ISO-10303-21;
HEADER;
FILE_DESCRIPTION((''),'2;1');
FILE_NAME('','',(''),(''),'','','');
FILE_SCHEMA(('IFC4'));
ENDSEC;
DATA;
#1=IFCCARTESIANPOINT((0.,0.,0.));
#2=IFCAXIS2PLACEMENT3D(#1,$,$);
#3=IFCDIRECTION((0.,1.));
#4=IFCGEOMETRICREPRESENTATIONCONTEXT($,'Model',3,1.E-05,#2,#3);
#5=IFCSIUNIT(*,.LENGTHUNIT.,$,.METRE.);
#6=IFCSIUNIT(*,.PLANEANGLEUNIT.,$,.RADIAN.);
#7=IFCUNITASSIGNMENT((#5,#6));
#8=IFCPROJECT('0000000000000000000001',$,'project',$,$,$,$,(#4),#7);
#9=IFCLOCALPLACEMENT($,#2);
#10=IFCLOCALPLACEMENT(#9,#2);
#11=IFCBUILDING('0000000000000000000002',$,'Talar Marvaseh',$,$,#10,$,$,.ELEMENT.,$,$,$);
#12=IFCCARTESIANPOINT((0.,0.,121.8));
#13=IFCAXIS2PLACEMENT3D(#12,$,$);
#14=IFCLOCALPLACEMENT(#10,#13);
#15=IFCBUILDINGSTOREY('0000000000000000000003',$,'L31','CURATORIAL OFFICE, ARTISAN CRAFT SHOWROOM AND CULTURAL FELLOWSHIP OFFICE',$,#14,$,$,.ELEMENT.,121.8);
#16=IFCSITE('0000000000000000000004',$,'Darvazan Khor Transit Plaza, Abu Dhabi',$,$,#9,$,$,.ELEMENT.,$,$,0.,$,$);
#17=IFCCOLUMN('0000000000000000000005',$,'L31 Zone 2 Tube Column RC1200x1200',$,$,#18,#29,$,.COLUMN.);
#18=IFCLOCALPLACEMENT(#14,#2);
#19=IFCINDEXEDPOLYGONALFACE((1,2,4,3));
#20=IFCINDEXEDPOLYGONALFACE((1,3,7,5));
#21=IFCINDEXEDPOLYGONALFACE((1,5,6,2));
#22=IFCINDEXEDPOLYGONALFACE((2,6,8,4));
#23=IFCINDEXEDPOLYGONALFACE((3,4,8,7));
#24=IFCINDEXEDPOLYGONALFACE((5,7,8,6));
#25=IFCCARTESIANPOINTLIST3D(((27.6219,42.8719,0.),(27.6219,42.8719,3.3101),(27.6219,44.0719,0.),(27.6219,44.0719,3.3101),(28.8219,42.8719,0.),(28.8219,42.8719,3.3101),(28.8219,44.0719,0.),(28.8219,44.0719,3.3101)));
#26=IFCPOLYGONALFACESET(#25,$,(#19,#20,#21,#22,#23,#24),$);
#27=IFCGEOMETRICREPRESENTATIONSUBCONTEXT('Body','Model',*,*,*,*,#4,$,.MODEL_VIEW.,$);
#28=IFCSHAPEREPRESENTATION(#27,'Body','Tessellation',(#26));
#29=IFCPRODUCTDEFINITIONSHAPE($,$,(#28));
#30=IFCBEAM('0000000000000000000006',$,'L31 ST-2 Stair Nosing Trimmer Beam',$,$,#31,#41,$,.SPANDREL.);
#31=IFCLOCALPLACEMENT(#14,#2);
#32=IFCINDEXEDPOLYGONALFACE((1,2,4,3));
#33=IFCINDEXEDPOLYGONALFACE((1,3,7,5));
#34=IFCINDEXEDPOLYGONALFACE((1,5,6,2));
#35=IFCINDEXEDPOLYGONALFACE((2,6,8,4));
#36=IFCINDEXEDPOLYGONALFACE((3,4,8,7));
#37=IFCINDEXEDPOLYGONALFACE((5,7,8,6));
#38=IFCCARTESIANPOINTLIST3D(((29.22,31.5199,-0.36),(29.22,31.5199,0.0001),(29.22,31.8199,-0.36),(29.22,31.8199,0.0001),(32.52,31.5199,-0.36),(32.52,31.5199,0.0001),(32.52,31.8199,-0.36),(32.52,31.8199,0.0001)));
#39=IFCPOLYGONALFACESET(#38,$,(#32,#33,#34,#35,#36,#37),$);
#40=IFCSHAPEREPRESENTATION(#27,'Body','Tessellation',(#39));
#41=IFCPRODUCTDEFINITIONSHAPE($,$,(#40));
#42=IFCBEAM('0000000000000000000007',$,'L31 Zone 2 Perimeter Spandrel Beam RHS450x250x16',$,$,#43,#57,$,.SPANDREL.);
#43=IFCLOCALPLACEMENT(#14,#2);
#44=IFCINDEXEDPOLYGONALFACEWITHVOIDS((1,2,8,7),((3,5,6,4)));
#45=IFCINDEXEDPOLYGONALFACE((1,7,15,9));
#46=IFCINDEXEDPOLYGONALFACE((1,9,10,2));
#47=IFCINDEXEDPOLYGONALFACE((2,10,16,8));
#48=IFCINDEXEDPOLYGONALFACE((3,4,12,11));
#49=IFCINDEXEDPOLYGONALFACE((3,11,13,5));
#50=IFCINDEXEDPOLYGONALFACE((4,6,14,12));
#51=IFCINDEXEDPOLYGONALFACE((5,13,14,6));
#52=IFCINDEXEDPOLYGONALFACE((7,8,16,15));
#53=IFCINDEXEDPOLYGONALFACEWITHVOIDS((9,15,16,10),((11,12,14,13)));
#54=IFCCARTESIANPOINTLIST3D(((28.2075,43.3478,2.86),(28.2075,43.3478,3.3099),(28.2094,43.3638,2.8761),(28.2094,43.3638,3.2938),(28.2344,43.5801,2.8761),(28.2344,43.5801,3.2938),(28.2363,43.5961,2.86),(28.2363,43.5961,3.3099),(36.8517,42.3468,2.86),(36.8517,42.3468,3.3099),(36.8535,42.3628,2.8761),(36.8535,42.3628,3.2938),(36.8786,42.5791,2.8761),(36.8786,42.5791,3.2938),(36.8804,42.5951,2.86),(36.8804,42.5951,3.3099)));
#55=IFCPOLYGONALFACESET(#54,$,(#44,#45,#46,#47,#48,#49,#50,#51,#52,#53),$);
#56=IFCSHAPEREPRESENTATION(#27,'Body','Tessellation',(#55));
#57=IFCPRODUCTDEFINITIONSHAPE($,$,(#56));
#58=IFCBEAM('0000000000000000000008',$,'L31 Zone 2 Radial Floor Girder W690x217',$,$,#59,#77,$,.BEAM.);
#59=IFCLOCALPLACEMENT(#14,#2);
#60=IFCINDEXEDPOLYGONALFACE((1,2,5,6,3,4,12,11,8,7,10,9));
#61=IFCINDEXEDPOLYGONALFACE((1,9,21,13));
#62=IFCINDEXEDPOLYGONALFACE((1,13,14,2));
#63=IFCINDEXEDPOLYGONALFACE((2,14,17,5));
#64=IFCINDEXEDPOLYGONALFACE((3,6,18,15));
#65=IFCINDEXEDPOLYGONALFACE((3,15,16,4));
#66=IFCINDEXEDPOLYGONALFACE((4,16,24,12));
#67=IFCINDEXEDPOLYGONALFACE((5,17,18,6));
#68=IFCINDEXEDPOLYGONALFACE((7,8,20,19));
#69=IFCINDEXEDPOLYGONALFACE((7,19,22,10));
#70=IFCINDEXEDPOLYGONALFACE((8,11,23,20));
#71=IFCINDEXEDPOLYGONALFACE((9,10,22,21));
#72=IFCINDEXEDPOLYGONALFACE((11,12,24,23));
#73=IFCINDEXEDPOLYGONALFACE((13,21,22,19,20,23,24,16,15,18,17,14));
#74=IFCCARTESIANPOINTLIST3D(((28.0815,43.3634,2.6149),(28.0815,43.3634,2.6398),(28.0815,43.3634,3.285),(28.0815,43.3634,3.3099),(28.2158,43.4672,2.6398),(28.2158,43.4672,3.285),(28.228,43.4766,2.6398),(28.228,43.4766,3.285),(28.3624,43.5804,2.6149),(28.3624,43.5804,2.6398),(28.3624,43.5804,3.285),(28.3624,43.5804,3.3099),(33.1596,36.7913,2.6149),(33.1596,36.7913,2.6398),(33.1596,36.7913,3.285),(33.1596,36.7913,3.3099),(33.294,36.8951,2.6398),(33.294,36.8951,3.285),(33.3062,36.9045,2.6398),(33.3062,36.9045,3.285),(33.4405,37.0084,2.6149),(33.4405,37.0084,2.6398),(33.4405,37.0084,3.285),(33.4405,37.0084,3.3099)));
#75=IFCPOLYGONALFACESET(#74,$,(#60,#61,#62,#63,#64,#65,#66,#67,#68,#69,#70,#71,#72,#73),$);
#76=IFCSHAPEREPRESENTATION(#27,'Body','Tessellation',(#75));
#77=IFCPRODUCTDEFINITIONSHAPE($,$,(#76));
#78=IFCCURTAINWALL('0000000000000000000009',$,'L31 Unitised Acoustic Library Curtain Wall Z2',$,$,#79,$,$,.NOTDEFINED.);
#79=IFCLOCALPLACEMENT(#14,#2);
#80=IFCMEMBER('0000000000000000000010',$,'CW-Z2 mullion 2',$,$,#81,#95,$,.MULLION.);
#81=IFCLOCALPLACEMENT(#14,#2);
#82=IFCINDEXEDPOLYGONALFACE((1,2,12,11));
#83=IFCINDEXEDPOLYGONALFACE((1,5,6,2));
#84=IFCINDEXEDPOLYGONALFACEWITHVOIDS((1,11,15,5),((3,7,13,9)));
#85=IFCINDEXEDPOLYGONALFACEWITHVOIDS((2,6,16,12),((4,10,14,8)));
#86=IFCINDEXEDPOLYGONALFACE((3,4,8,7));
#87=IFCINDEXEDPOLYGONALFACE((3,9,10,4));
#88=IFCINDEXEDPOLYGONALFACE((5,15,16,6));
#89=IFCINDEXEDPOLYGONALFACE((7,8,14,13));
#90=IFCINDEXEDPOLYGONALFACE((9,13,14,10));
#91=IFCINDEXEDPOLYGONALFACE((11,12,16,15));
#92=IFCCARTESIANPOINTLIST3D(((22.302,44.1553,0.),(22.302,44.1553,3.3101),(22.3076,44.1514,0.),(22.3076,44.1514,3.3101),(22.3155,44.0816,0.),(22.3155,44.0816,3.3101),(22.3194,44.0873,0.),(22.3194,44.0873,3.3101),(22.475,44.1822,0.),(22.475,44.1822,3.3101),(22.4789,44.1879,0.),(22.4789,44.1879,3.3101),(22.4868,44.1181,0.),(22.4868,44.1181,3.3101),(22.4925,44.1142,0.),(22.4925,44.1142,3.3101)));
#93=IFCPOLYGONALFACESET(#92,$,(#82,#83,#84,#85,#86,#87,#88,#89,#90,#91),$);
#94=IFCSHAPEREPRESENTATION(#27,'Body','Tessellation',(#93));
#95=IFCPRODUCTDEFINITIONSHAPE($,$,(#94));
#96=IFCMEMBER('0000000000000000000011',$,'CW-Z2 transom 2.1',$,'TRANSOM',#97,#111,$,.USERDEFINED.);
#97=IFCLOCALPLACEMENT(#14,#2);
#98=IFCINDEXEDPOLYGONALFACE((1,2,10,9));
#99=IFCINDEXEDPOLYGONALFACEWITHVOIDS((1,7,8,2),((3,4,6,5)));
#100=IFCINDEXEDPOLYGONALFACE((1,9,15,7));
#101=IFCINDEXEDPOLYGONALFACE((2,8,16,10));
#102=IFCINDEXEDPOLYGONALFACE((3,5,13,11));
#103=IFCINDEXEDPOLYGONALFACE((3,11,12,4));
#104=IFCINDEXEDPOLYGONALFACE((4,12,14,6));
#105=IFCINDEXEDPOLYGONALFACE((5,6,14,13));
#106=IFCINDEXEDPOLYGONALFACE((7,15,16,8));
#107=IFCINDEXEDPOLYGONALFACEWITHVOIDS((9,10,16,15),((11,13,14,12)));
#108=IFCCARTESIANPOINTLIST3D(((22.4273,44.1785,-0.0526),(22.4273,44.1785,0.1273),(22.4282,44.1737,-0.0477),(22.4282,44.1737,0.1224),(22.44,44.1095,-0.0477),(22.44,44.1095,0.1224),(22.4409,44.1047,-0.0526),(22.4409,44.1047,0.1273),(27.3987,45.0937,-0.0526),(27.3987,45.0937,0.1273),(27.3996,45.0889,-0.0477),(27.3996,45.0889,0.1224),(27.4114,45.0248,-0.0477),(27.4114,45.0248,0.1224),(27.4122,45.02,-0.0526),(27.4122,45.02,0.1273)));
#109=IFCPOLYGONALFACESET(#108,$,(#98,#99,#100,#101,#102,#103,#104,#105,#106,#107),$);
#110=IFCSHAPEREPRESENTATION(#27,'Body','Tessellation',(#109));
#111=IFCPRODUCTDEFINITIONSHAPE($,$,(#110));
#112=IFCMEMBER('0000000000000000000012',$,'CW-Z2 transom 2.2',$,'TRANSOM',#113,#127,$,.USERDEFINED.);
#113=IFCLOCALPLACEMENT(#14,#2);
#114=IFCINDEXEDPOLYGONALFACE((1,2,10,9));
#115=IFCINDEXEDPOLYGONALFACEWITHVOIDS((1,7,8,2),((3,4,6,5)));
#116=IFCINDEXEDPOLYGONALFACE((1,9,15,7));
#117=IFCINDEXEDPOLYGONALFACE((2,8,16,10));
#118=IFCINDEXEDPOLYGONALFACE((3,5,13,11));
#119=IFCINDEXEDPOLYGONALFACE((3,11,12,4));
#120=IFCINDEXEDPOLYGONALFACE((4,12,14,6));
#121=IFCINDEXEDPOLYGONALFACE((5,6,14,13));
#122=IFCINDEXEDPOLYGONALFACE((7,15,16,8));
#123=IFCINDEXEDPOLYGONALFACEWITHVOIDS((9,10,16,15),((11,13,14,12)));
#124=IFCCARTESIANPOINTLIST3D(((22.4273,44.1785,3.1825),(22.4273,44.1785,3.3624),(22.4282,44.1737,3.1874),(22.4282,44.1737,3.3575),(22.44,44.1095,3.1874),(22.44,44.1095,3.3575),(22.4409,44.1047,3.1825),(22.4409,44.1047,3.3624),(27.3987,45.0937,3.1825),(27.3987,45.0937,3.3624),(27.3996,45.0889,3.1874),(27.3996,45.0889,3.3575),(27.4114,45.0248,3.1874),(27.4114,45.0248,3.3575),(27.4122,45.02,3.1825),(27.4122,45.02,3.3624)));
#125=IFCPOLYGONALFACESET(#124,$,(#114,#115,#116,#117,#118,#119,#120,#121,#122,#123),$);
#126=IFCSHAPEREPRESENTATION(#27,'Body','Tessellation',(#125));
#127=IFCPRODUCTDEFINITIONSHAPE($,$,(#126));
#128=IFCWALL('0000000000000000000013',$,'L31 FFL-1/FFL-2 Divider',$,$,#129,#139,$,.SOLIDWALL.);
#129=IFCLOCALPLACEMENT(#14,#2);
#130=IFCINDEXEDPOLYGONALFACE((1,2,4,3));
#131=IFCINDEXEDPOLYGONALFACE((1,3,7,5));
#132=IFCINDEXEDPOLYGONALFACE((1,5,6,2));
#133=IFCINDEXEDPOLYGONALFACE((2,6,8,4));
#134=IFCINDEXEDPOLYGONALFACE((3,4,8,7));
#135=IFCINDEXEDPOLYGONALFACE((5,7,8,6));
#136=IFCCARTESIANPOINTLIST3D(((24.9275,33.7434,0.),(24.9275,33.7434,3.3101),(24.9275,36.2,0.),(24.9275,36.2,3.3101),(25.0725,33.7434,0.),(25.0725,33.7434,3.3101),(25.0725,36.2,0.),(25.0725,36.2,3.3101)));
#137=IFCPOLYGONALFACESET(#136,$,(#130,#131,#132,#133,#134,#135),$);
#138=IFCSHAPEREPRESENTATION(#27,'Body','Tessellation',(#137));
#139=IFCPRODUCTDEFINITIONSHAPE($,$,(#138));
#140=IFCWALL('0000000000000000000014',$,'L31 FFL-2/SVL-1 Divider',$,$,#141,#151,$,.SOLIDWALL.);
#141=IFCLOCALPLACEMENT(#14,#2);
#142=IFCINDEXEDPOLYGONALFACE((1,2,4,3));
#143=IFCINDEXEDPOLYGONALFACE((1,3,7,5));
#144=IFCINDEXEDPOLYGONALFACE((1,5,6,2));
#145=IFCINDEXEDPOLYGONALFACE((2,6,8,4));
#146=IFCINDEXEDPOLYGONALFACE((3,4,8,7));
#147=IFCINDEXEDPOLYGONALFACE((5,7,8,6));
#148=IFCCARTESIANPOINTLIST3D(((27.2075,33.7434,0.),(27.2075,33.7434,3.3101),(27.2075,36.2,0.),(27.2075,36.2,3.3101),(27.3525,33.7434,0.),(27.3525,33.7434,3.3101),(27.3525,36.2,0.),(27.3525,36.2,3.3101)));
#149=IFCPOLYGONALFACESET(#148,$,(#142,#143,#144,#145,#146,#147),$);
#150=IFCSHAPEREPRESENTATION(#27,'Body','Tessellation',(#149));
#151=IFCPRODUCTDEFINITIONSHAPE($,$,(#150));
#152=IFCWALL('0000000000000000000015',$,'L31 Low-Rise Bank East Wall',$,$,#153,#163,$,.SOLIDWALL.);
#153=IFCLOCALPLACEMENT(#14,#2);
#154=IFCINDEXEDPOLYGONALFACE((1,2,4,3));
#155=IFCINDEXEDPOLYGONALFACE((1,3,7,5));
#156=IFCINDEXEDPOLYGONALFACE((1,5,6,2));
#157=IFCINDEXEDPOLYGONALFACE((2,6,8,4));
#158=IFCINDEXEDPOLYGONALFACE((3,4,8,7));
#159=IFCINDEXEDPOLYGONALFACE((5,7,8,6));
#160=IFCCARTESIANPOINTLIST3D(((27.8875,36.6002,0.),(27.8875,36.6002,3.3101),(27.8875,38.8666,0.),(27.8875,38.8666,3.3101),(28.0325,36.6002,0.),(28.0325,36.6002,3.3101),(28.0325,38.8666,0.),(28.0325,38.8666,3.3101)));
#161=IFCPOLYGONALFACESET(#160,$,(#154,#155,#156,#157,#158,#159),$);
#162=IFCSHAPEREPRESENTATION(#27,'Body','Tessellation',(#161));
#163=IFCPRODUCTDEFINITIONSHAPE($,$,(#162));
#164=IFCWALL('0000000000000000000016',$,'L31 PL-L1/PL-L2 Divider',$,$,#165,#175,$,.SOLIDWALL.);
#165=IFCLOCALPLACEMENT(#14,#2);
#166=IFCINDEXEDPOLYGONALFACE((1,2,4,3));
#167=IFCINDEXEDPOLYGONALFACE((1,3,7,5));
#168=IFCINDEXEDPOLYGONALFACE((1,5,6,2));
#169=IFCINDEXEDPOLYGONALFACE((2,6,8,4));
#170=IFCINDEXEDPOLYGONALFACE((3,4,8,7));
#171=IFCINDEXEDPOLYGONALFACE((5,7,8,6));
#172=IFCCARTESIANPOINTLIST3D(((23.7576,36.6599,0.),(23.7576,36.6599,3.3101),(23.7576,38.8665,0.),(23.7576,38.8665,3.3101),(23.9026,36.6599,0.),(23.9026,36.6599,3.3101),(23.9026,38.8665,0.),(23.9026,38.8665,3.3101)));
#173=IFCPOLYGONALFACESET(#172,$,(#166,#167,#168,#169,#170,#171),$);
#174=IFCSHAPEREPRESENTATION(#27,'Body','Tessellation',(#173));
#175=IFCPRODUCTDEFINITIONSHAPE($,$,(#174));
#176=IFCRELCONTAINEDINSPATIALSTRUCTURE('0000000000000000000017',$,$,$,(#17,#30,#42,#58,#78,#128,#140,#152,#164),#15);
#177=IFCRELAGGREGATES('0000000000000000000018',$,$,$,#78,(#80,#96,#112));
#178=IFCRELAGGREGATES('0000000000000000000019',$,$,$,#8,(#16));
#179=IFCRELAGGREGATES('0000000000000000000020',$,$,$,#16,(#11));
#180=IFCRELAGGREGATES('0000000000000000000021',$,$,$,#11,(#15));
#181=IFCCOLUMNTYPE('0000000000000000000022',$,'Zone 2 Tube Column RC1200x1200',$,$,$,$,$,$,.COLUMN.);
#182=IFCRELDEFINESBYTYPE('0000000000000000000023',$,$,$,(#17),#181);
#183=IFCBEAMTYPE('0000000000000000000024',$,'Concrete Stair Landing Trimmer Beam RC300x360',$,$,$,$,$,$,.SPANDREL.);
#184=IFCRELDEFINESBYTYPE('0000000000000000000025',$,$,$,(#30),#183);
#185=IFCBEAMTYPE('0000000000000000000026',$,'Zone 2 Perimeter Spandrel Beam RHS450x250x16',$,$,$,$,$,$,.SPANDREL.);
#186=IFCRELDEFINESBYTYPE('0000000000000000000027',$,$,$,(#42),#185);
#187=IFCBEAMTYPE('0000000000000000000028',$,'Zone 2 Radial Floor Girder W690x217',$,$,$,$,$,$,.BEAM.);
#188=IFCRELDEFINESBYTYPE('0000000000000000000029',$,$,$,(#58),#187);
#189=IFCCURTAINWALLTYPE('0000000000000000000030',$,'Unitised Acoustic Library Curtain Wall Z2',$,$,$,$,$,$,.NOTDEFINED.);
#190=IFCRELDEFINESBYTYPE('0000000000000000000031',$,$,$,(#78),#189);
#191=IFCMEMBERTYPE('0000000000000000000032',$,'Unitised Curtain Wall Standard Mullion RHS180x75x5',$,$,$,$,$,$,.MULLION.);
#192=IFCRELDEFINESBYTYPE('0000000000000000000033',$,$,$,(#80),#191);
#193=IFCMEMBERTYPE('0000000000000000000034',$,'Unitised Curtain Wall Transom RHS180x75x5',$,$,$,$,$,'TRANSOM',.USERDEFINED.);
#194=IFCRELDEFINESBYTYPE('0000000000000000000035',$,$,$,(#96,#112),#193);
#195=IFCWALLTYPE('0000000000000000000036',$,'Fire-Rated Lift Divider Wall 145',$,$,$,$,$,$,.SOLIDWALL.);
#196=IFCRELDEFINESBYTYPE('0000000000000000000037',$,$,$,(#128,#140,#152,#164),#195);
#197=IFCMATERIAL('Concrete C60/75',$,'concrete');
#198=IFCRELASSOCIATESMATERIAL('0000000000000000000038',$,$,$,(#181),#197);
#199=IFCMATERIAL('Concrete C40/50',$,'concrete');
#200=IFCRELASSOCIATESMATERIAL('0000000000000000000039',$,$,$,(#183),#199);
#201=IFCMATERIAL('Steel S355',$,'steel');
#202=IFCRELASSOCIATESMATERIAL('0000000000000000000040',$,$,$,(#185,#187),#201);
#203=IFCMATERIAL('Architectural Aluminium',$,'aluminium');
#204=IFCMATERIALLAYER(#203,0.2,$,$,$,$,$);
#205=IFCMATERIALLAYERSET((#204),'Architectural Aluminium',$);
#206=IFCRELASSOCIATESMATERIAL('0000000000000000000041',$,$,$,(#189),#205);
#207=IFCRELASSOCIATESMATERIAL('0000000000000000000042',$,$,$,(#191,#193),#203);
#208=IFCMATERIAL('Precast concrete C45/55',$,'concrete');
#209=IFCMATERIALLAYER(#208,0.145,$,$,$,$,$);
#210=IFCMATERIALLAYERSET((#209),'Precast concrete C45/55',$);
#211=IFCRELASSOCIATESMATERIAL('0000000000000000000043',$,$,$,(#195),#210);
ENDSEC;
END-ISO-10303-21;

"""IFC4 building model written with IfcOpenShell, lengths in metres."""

from ifc_helpers import new_model, si_unit, direction, frame, frame_2d, origin, origin_2d, place, context, subcontext, project, spatial, rectangle, hollow_rectangle, i_section, extrude, source, transform, mapped, material, layer, layer_set, material_profile, profile_set, type_object, type_shapes, element, aggregate, save


model = new_model("IFC4")

# Units and contexts
model_context = context("Model", 3, precision=1e-05, world=origin(), true_north=direction((0.0, 1.0)))
body_context = subcontext(model_context, "Body", "Model", "MODEL_VIEW")
ifc_project = project(units=[si_unit("LENGTHUNIT", "METRE"), si_unit("PLANEANGLEUNIT", "RADIAN")], contexts=[model_context])

# Site, building, storey
site_placement = place(None, origin())
site = spatial("IfcSite", under=ifc_project, at=site_placement, Name="Darvazan Khor Transit Plaza, Abu Dhabi", CompositionType="ELEMENT", RefElevation=0.0)
building_placement = place(site_placement, origin())
building = spatial("IfcBuilding", under=site, at=building_placement, Name="Talar Marvaseh", CompositionType="ELEMENT")
storey_placement = place(building_placement, frame((0.0, 0.0, 121.8)))
storey = spatial("IfcBuildingStorey", under=building, at=storey_placement, Name="L31", Description="CURATORIAL OFFICE, ARTISAN CRAFT SHOWROOM AND CULTURAL FELLOWSHIP OFFICE", CompositionType="ELEMENT", Elevation=121.8)

# Column
ifc_material_1 = material(Name="Concrete C60/75", Category="concrete")
ifc_material_profile_1 = material_profile(ifc_material_1, rectangle(XDim=1.2, YDim=1.2, at=origin_2d()), Name="RC1200x1200")
ifc_profile_set_1 = profile_set([ifc_material_profile_1], Name="Concrete C60/75")
column_type = type_object("IfcColumnType", Name="Zone 2 Tube Column RC1200x1200", PredefinedType="COLUMN", material=ifc_profile_set_1)
column_placement = place(storey_placement, frame((28.2219, 43.4719, 0.0), z_axis=(0.0, 0.0, 1.0), x_axis=(1.0, 0.0, 0.0)))
element("IfcColumn", 1, at=column_placement, inside=storey, type_object=column_type, Name="L31 Zone 2 Tube Column RC1200x1200", PredefinedType="COLUMN", context=body_context, shape_type="SweptSolid", body=[
    extrude(rectangle(XDim=1.2, YDim=1.2, at=origin_2d()), origin(), (0.0, 0.0, 1.0), 3.3101),
])

# Beams
ifc_material_2 = material(Name="Concrete C40/50", Category="concrete")
ifc_material_profile_2 = material_profile(ifc_material_2, rectangle(XDim=0.3, YDim=0.3601, at=origin_2d()), Name="RC300x360")
ifc_profile_set_2 = profile_set([ifc_material_profile_2], Name="Concrete C40/50")
beam_type_1 = type_object("IfcBeamType", Name="Concrete Stair Landing Trimmer Beam RC300x360", PredefinedType="SPANDREL", material=ifc_profile_set_2)
beam_1_placement = place(storey_placement, frame((29.22, 31.6699, -0.1799), z_axis=(1.0, 0.0, 0.0), x_axis=(0.0, 1.0, 0.0)))
element("IfcBeam", 2, at=beam_1_placement, inside=storey, type_object=beam_type_1, Name="L31 ST-2 Stair Nosing Trimmer Beam", PredefinedType="SPANDREL", context=body_context, shape_type="SweptSolid", body=[
    extrude(rectangle(XDim=0.3, YDim=0.3601, at=origin_2d()), origin(), (0.0, 0.0, 1.0), 3.3),
])
ifc_material_3 = material(Name="Steel S355", Category="steel")
ifc_material_profile_3 = material_profile(ifc_material_3, hollow_rectangle(XDim=0.25, YDim=0.45, WallThickness=0.0161, at=origin_2d()), Name="RHS450x250x16")
ifc_profile_set_3 = profile_set([ifc_material_profile_3], Name="Steel S355")
beam_type_2 = type_object("IfcBeamType", Name="Zone 2 Perimeter Spandrel Beam RHS450x250x16", PredefinedType="SPANDREL", material=ifc_profile_set_3)
beam_2_placement = place(storey_placement, frame((28.2219, 43.4719, 3.085), z_axis=(0.993362, -0.115031, 0.0), x_axis=(0.115031, 0.993362, 0.0)))
element("IfcBeam", 3, at=beam_2_placement, inside=storey, type_object=beam_type_2, Name="L31 Zone 2 Perimeter Spandrel Beam RHS450x250x16", PredefinedType="SPANDREL", context=body_context, shape_type="SweptSolid", body=[
    extrude(hollow_rectangle(XDim=0.25, YDim=0.45, WallThickness=0.0161, at=origin_2d()), origin(), (0.0, 0.0, 1.0), 8.7019),
])
ifc_material_profile_4 = material_profile(ifc_material_3, i_section(OverallWidth=0.355, OverallDepth=0.6951, WebThickness=0.0154, FlangeThickness=0.0249, at=origin_2d()), Name="W690x217")
ifc_profile_set_4 = profile_set([ifc_material_profile_4], Name="Steel S355")
beam_type_3 = type_object("IfcBeamType", Name="Zone 2 Radial Floor Girder W690x217", PredefinedType="BEAM", material=ifc_profile_set_4)
beam_3_placement = place(storey_placement, frame((28.2219, 43.4719, 2.9624), z_axis=(0.611428, -0.7913, 0.0), x_axis=(0.7913, 0.611428, 0.0)))
element("IfcBeam", 4, at=beam_3_placement, inside=storey, type_object=beam_type_3, Name="L31 Zone 2 Radial Floor Girder W690x217", PredefinedType="BEAM", context=body_context, shape_type="SweptSolid", body=[
    extrude(i_section(OverallWidth=0.355, OverallDepth=0.6951, WebThickness=0.0154, FlangeThickness=0.0249, at=origin_2d()), origin(), (0.0, 0.0, 1.0), 8.3054),
])

# Curtain wall, members
ifc_material_4 = material(Name="Architectural Aluminium", Category="aluminium")
ifc_layer_1 = layer(ifc_material_4, 0.2)
ifc_layer_set_1 = layer_set([ifc_layer_1], Name="Architectural Aluminium")
curtain_wall_type = type_object("IfcCurtainWallType", Name="Unitised Acoustic Library Curtain Wall Z2", PredefinedType="NOTDEFINED", material=ifc_layer_set_1)
curtain_wall_placement = place(storey_placement, origin())
curtain_wall = element("IfcCurtainWall", 5, at=curtain_wall_placement, inside=storey, type_object=curtain_wall_type, Name="L31 Unitised Acoustic Library Curtain Wall Z2", PredefinedType="NOTDEFINED")
ifc_material_profile_5 = material_profile(ifc_material_4, hollow_rectangle(XDim=0.075, YDim=0.1799, WallThickness=0.0049, at=origin_2d()), Name="RHS180x75x5")
ifc_profile_set_5 = profile_set([ifc_material_profile_5], Name="Architectural Aluminium")
member_type_1 = type_object("IfcMemberType", Name="Unitised Curtain Wall Standard Mullion RHS180x75x5", PredefinedType="MULLION", material=ifc_profile_set_5)
shared_shape_1 = source(origin(), body_context, "Body", "SweptSolid", [
    extrude(hollow_rectangle(XDim=0.075, YDim=0.1799, WallThickness=0.0049, at=origin_2d()), origin(), (0.0, 0.0, 1.0), 3.3101),
])
type_shapes(member_type_1, [shared_shape_1])
member_1_placement = place(storey_placement, frame((22.3972, 44.1348, 0.0), z_axis=(0.0, 0.0, 1.0), x_axis=(-0.181071, 0.98347, 0.0)))
member_1 = element("IfcMember", 6, at=member_1_placement, type_object=member_type_1, Name="CW-Z2 mullion 2", PredefinedType="MULLION", context=body_context, shape_type="MappedRepresentation", body=[
    mapped(shared_shape_1, transform((0.0, 0.0, 0.0), x_axis=(1.0, 0.0, 0.0), y_axis=(0.0, 1.0, 0.0), z_axis=(0.0, 0.0, 1.0), scale=1.0)),
])
ifc_material_profile_6 = material_profile(ifc_material_4, hollow_rectangle(XDim=0.075, YDim=0.1799, WallThickness=0.0049, at=origin_2d()), Name="RHS180x75x5")
ifc_profile_set_6 = profile_set([ifc_material_profile_6], Name="Architectural Aluminium")
member_type_2 = type_object("IfcMemberType", Name="Unitised Curtain Wall Transom RHS180x75x5", ElementType="TRANSOM", PredefinedType="USERDEFINED", material=ifc_profile_set_6)
shared_shape_2 = source(origin(), body_context, "Body", "SweptSolid", [
    extrude(hollow_rectangle(XDim=0.075, YDim=0.1799, WallThickness=0.0049, at=origin_2d()), origin(), (0.0, 0.0, 1.0), 5.0549),
])
type_shapes(member_type_2, [shared_shape_2])
member_2_placement = place(storey_placement, frame((22.4341, 44.1416, 0.0374), z_axis=(0.983471, 0.181065, 0.0), x_axis=(-0.181065, 0.983471, 0.0)))
member_2 = element("IfcMember", 7, at=member_2_placement, type_object=member_type_2, Name="CW-Z2 transom 2.1", ObjectType="TRANSOM", PredefinedType="USERDEFINED", context=body_context, shape_type="MappedRepresentation", body=[
    mapped(shared_shape_2, transform((0.0, 0.0, 0.0), x_axis=(1.0, 0.0, 0.0), y_axis=(0.0, 1.0, 0.0), z_axis=(0.0, 0.0, 1.0), scale=1.0)),
])
member_3_placement = place(storey_placement, frame((22.4341, 44.1416, 3.2725), z_axis=(0.983471, 0.181065, 0.0), x_axis=(-0.181065, 0.983471, 0.0)))
member_3 = element("IfcMember", 8, at=member_3_placement, type_object=member_type_2, Name="CW-Z2 transom 2.2", ObjectType="TRANSOM", PredefinedType="USERDEFINED", context=body_context, shape_type="MappedRepresentation", body=[
    mapped(shared_shape_2, transform((0.0, 0.0, 0.0), x_axis=(1.0, 0.0, 0.0), y_axis=(0.0, 1.0, 0.0), z_axis=(0.0, 0.0, 1.0), scale=1.0)),
])
aggregate(curtain_wall, [member_1, member_2, member_3])

# Walls
ifc_material_5 = material(Name="Precast concrete C45/55", Category="concrete")
ifc_layer_2 = layer(ifc_material_5, 0.145)
ifc_layer_set_2 = layer_set([ifc_layer_2], Name="Precast concrete C45/55")
wall_type_1 = type_object("IfcWallType", Name="Fire-Rated Lift Divider Wall 145", PredefinedType="SOLIDWALL", material=ifc_layer_set_2)
for number, where, z_axis, x_axis, name in (
    (9, (25.0, 33.7434, 0.0), (0.0, 0.0, 1.0), (0.0, 1.0, 0.0), "L31 FFL-1/FFL-2 Divider"),
    (10, (27.28, 33.7434, 0.0), (0.0, 0.0, 1.0), (0.0, 1.0, 0.0), "L31 FFL-2/SVL-1 Divider"),
):
    element("IfcWall", number, at=place(storey_placement, frame(where, z_axis=z_axis, x_axis=x_axis)), inside=storey, type_object=wall_type_1, Name=name, PredefinedType="SOLIDWALL", context=body_context, shape_type="SweptSolid", body=[
        extrude(rectangle(XDim=2.4565, YDim=0.145, at=frame_2d((1.2283, 0.0))), origin(), (0.0, 0.0, 1.0), 3.3101),
    ])
wall_1_placement = place(storey_placement, frame((27.96, 36.6001, 0.0), z_axis=(0.0, 0.0, 1.0), x_axis=(0.0, 1.0, 0.0)))
element("IfcWall", 11, at=wall_1_placement, inside=storey, type_object=wall_type_1, Name="L31 Low-Rise Bank East Wall", PredefinedType="SOLIDWALL", context=body_context, shape_type="SweptSolid", body=[
    extrude(rectangle(XDim=2.2664, YDim=0.145, at=frame_2d((1.1333, 0.0))), origin(), (0.0, 0.0, 1.0), 3.3101),
])
for number, where, z_axis, x_axis, name in (
    (12, (23.8301, 36.6599, 0.0), (0.0, 0.0, 1.0), (0.0, 1.0, 0.0), "L31 PL-L1/PL-L2 Divider"),
):
    element("IfcWall", number, at=place(storey_placement, frame(where, z_axis=z_axis, x_axis=x_axis)), inside=storey, type_object=wall_type_1, Name=name, PredefinedType="SOLIDWALL", context=body_context, shape_type="SweptSolid", body=[
        extrude(rectangle(XDim=2.2065, YDim=0.145, at=frame_2d((1.1033, 0.0))), origin(), (0.0, 0.0, 1.0), 3.3101),
    ])

save(model, "model.ifc")
